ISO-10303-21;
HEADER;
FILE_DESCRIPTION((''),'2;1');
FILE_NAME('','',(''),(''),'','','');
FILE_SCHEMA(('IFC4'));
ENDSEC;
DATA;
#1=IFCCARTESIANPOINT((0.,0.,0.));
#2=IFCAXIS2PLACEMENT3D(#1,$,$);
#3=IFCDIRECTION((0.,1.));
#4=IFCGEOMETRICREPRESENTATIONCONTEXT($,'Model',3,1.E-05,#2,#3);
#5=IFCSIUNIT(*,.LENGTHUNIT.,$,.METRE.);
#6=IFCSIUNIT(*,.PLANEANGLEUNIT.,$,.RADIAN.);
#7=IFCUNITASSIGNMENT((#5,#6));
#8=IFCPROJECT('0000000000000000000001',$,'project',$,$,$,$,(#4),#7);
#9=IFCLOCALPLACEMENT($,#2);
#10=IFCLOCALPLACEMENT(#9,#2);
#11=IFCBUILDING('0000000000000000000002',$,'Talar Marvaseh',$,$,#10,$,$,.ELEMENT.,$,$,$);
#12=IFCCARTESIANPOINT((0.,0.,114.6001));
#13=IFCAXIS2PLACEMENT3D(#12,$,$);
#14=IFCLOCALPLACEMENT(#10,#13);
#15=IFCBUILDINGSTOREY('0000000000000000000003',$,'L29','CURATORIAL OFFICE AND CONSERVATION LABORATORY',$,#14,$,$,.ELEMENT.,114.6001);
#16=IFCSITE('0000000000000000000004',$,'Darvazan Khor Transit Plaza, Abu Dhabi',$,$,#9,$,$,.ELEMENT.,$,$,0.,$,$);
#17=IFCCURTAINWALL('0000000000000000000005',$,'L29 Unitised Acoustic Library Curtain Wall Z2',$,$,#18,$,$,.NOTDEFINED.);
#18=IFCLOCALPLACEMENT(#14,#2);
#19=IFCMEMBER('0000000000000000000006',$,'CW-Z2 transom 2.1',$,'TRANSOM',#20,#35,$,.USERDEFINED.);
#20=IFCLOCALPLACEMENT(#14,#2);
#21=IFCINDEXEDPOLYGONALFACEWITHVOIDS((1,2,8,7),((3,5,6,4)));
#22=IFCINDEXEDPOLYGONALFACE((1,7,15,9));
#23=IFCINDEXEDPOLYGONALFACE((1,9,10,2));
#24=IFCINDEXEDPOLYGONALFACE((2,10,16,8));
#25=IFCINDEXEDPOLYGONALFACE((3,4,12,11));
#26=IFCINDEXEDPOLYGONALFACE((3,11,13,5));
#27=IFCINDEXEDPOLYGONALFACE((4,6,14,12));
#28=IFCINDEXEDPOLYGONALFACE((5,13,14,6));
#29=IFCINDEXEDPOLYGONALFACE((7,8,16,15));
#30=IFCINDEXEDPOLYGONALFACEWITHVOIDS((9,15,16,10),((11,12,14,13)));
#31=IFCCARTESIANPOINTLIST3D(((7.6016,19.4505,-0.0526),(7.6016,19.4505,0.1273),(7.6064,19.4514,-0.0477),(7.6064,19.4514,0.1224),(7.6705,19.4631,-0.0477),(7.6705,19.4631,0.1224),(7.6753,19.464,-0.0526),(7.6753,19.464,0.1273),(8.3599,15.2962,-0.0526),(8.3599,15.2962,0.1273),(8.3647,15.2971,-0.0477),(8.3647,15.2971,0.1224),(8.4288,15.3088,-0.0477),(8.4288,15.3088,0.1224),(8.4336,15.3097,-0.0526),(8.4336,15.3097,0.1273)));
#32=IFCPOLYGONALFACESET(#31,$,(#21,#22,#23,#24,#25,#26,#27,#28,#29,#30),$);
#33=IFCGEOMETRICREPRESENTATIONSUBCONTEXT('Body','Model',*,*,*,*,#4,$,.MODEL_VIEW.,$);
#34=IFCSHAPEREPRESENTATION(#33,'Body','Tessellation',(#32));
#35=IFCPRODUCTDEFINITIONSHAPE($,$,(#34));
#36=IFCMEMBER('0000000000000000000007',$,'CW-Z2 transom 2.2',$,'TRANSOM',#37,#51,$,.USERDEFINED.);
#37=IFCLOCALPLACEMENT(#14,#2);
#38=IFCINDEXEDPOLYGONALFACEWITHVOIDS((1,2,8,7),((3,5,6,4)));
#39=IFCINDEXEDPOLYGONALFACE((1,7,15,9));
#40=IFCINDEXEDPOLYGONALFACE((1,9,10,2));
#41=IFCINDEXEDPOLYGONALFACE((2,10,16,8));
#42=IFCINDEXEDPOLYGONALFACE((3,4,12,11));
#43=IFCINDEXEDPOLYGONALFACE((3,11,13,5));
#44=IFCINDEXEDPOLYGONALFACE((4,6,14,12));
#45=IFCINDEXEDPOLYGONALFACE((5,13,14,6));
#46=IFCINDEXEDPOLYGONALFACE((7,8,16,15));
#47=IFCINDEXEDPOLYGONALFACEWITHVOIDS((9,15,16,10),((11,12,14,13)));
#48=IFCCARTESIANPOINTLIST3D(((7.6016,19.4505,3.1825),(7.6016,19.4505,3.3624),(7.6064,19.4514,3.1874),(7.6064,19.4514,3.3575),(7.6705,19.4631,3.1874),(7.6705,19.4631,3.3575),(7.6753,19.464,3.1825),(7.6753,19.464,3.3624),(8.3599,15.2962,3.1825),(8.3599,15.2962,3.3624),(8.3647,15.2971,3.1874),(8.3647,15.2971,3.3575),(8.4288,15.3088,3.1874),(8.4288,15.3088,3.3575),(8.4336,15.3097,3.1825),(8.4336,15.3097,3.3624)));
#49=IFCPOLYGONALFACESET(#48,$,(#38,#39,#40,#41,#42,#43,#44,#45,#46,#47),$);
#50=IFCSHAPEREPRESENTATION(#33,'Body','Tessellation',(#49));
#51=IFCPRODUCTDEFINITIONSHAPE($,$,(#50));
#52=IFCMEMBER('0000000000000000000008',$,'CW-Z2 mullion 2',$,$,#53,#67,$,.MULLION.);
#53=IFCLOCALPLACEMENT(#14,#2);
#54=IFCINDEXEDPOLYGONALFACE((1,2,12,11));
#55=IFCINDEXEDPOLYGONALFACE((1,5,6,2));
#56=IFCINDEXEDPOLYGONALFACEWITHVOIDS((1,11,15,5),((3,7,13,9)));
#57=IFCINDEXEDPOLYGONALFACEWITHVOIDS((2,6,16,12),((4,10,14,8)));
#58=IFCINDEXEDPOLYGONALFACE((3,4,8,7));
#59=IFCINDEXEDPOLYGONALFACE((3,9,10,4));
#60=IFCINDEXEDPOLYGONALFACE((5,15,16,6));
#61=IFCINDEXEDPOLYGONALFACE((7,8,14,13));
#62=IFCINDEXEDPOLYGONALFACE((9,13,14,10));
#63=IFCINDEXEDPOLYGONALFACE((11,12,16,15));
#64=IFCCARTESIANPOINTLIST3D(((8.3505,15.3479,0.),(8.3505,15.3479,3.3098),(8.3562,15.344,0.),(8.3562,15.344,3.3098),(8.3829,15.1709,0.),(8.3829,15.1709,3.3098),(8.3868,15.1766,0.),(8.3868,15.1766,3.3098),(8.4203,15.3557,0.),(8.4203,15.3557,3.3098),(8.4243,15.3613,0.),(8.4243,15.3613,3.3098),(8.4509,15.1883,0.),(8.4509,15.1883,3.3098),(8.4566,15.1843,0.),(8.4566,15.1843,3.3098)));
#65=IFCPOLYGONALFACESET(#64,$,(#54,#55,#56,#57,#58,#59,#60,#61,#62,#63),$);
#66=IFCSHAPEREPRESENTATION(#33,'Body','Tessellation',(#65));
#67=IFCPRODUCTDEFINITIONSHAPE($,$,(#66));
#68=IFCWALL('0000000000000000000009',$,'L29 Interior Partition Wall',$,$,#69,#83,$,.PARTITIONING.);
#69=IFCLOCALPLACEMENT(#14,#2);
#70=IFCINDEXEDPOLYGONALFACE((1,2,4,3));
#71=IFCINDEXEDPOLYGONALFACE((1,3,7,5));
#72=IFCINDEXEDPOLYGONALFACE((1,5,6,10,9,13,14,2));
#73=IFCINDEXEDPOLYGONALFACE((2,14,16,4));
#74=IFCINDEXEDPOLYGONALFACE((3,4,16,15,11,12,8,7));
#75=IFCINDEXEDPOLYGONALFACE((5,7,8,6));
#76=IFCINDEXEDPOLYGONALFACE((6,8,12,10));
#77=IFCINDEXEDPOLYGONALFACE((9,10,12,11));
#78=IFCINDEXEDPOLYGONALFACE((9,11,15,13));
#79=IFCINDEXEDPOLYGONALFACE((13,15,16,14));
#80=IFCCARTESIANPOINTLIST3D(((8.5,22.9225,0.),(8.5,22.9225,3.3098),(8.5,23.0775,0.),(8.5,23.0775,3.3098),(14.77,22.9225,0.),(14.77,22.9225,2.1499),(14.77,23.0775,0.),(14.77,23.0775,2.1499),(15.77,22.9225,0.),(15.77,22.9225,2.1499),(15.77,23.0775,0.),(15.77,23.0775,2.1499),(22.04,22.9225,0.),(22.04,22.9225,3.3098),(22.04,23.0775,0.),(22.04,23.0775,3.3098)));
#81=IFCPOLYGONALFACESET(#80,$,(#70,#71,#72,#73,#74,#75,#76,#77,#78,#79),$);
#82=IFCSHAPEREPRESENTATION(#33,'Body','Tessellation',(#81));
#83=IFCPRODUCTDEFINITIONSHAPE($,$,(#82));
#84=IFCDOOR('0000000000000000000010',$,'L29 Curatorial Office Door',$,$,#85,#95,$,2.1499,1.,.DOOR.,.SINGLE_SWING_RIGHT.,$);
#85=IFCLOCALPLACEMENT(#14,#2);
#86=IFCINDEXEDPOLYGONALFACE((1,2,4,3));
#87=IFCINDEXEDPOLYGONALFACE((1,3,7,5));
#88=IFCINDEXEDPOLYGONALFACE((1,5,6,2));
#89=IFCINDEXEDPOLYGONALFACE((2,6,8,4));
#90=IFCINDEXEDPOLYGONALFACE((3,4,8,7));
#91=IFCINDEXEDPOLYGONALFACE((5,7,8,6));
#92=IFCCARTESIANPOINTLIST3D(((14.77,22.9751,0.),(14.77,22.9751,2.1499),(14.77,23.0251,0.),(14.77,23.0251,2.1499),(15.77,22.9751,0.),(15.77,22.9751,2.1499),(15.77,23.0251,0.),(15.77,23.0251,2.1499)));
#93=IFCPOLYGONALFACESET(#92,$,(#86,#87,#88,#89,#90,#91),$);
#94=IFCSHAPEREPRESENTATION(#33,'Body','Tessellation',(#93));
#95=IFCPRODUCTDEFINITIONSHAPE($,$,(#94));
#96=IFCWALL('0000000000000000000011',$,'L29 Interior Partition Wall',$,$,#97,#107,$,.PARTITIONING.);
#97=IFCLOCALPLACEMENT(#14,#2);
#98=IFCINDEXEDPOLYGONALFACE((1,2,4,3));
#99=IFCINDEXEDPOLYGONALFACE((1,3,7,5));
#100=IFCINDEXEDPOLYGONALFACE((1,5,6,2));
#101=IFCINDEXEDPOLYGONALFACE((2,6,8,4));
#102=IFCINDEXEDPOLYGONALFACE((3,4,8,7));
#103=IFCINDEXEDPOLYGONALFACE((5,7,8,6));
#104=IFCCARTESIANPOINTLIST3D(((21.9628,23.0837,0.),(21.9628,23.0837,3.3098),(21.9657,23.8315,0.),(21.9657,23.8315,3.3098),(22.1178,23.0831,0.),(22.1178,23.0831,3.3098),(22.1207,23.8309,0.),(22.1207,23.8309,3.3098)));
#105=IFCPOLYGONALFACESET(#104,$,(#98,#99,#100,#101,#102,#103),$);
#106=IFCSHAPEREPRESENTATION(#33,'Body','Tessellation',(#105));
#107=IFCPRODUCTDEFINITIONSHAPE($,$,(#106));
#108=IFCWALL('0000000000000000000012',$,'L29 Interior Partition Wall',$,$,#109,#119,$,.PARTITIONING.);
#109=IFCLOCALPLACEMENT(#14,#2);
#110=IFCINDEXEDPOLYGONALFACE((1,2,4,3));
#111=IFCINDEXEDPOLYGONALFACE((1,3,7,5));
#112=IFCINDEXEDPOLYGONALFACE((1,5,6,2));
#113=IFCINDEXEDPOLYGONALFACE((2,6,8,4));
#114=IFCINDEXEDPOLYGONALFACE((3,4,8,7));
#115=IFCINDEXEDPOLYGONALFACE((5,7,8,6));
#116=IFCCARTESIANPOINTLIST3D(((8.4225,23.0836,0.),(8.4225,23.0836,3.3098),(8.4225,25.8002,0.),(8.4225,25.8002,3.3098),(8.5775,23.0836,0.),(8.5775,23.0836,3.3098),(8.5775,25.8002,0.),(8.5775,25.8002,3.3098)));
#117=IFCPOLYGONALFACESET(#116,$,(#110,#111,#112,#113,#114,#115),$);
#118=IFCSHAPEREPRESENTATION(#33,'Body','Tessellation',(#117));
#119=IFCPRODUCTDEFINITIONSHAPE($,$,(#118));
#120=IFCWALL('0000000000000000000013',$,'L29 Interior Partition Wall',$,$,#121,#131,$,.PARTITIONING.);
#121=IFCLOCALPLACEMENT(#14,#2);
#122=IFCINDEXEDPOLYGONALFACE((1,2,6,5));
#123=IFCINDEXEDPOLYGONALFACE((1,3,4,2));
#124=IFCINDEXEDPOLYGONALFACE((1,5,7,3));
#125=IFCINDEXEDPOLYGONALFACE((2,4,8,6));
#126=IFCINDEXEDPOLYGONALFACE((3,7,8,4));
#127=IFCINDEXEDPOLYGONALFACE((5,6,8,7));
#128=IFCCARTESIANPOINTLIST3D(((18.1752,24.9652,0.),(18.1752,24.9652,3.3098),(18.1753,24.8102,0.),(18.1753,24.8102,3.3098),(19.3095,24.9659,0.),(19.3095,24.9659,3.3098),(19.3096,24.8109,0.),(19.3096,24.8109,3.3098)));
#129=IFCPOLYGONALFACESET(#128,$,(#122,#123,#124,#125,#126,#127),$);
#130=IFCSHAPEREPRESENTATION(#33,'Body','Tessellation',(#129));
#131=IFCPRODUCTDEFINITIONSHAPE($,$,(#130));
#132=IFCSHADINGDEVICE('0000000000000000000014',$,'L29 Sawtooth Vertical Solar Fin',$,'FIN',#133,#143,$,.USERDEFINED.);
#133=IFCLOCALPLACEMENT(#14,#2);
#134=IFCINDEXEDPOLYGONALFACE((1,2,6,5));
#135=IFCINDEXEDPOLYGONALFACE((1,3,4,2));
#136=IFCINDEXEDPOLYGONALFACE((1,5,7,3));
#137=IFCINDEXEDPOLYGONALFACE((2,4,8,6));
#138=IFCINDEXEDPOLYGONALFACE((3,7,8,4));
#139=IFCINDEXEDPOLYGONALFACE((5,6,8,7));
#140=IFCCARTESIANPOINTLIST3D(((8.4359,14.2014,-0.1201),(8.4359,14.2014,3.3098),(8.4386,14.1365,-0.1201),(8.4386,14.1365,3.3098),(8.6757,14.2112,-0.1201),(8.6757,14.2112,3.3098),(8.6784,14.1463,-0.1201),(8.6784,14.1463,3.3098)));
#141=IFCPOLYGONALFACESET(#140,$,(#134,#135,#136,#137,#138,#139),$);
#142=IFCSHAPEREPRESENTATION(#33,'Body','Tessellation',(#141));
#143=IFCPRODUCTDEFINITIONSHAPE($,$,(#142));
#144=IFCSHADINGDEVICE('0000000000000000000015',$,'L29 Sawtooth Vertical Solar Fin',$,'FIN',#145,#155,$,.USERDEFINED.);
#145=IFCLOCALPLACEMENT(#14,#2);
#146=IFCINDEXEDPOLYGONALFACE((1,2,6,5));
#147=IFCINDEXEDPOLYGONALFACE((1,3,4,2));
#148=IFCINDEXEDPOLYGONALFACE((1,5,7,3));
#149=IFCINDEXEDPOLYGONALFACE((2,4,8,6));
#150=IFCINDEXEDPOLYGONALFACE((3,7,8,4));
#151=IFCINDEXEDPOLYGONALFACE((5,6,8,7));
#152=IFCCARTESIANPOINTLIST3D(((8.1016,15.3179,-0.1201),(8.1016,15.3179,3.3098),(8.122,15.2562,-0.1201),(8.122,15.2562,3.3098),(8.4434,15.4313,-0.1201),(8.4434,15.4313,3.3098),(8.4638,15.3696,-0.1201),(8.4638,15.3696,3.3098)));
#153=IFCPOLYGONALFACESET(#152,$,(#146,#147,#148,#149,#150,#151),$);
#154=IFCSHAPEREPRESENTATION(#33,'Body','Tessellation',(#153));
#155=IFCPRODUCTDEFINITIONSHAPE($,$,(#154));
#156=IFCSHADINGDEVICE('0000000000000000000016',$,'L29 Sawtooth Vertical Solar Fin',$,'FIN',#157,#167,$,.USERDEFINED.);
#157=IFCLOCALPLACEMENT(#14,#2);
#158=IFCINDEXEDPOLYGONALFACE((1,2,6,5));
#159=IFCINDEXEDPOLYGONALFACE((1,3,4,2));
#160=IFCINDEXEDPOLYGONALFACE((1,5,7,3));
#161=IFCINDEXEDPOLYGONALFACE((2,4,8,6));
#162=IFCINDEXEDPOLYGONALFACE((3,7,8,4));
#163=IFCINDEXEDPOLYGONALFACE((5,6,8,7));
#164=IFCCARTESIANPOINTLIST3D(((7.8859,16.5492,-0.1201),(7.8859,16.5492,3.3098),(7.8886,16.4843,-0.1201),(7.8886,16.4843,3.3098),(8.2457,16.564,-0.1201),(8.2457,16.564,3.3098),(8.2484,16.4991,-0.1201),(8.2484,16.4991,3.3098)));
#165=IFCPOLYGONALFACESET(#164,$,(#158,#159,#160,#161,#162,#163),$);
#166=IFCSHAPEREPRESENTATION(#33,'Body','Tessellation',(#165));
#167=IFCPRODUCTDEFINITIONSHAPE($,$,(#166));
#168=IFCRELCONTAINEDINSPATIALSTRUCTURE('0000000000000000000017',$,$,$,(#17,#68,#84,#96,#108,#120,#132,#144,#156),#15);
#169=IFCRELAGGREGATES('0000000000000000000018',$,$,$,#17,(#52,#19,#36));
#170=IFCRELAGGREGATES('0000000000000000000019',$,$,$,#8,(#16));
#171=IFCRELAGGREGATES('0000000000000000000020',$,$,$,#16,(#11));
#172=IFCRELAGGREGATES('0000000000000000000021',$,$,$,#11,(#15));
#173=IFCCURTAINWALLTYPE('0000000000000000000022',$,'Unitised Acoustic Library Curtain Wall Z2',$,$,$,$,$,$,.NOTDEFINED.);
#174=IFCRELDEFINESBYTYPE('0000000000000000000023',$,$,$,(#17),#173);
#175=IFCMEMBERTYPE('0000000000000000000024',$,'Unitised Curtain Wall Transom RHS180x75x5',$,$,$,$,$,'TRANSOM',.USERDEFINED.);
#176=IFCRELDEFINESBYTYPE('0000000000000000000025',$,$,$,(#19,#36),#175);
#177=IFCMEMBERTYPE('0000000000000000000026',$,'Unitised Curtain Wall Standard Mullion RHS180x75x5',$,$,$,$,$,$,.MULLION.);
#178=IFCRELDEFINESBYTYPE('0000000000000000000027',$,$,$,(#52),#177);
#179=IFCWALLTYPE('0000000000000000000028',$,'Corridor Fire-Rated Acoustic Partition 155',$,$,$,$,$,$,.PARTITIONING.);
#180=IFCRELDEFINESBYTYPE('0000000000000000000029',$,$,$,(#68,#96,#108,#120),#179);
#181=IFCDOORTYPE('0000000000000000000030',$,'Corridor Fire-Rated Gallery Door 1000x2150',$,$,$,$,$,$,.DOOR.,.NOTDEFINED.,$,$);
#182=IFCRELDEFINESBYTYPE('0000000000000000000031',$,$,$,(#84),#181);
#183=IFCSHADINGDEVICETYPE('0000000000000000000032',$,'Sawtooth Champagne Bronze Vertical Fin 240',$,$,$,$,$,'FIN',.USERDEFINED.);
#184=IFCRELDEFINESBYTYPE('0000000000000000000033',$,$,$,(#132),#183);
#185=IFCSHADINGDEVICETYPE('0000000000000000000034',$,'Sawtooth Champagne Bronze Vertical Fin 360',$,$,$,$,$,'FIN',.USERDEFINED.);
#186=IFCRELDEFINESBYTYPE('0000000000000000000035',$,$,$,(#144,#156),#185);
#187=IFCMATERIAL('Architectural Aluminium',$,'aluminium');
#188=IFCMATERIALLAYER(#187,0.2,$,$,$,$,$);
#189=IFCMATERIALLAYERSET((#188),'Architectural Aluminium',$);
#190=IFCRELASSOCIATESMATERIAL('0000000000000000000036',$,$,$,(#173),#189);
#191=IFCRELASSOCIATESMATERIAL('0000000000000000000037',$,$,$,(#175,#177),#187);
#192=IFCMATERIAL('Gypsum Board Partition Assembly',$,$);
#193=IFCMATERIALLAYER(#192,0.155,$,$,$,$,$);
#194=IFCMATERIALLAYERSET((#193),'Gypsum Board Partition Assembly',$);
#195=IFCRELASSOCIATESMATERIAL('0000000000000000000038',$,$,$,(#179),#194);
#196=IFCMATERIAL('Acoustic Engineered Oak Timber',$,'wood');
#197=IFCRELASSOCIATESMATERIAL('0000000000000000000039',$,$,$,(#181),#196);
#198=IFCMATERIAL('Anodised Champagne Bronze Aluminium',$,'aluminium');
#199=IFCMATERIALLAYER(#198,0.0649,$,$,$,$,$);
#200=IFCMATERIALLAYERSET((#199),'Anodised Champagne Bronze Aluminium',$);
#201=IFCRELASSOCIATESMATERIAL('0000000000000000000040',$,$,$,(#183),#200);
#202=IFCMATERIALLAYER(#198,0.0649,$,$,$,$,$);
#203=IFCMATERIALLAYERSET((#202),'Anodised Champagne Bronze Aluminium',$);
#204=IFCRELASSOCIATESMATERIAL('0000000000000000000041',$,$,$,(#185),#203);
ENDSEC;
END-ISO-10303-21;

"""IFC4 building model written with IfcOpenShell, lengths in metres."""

from ifc_helpers import new_model, si_unit, direction, frame, frame_2d, origin, origin_2d, place, context, subcontext, project, spatial, rectangle, hollow_rectangle, extrude, source, transform, mapped, material, layer, layer_set, material_profile, profile_set, type_object, type_shapes, element, fill, aggregate, save


model = new_model("IFC4")

# Units and contexts
model_context = context("Model", 3, precision=1e-05, world=origin(), true_north=direction((0.0, 1.0)))
body_context = subcontext(model_context, "Body", "Model", "MODEL_VIEW")
ifc_project = project(units=[si_unit("LENGTHUNIT", "METRE"), si_unit("PLANEANGLEUNIT", "RADIAN")], contexts=[model_context])

# Site, building, storey
site_placement = place(None, origin())
site = spatial("IfcSite", under=ifc_project, at=site_placement, Name="Darvazan Khor Transit Plaza, Abu Dhabi", CompositionType="ELEMENT", RefElevation=0.0)
building_placement = place(site_placement, origin())
building = spatial("IfcBuilding", under=site, at=building_placement, Name="Talar Marvaseh", CompositionType="ELEMENT")
storey_placement = place(building_placement, frame((0.0, 0.0, 114.6001)))
storey = spatial("IfcBuildingStorey", under=building, at=storey_placement, Name="L29", Description="CURATORIAL OFFICE AND CONSERVATION LABORATORY", CompositionType="ELEMENT", Elevation=114.6001)

# Curtain wall, members
ifc_material_1 = material(Name="Architectural Aluminium", Category="aluminium")
ifc_layer_1 = layer(ifc_material_1, 0.2)
ifc_layer_set_1 = layer_set([ifc_layer_1], Name="Architectural Aluminium")
curtain_wall_type = type_object("IfcCurtainWallType", Name="Unitised Acoustic Library Curtain Wall Z2", PredefinedType="NOTDEFINED", material=ifc_layer_set_1)
curtain_wall_placement = place(storey_placement, origin())
curtain_wall = element("IfcCurtainWall", 1, at=curtain_wall_placement, inside=storey, type_object=curtain_wall_type, Name="L29 Unitised Acoustic Library Curtain Wall Z2", PredefinedType="NOTDEFINED")
ifc_material_profile_1 = material_profile(ifc_material_1, hollow_rectangle(XDim=0.075, YDim=0.1799, WallThickness=0.0049, at=origin_2d()), Name="RHS180x75x5")
ifc_profile_set_1 = profile_set([ifc_material_profile_1], Name="Architectural Aluminium")
member_type_1 = type_object("IfcMemberType", Name="Unitised Curtain Wall Transom RHS180x75x5", ElementType="TRANSOM", PredefinedType="USERDEFINED", material=ifc_profile_set_1)
shared_shape_1 = source(origin(), body_context, "Body", "SweptSolid", [
    extrude(hollow_rectangle(XDim=0.075, YDim=0.1799, WallThickness=0.0049, at=origin_2d()), origin(), (0.0, 0.0, 1.0), 4.2229),
])
type_shapes(member_type_1, [shared_shape_1])
member_1_placement = place(storey_placement, frame((8.3967, 15.303, 0.0374), z_axis=(-0.179567, 0.983746, 0.0), x_axis=(-0.983746, -0.179567, 0.0)))
member_1 = element("IfcMember", 2, at=member_1_placement, type_object=member_type_1, Name="CW-Z2 transom 2.1", ObjectType="TRANSOM", PredefinedType="USERDEFINED", context=body_context, shape_type="MappedRepresentation", body=[
    mapped(shared_shape_1, transform((0.0, 0.0, 0.0), x_axis=(1.0, 0.0, 0.0), y_axis=(0.0, 1.0, 0.0), z_axis=(0.0, 0.0, 1.0), scale=1.0)),
])
member_2_placement = place(storey_placement, frame((8.3967, 15.303, 3.2725), z_axis=(-0.179567, 0.983746, 0.0), x_axis=(-0.983746, -0.179567, 0.0)))
member_2 = element("IfcMember", 3, at=member_2_placement, type_object=member_type_1, Name="CW-Z2 transom 2.2", ObjectType="TRANSOM", PredefinedType="USERDEFINED", context=body_context, shape_type="MappedRepresentation", body=[
    mapped(shared_shape_1, transform((0.0, 0.0, 0.0), x_axis=(1.0, 0.0, 0.0), y_axis=(0.0, 1.0, 0.0), z_axis=(0.0, 0.0, 1.0), scale=1.0)),
])
ifc_material_profile_2 = material_profile(ifc_material_1, hollow_rectangle(XDim=0.075, YDim=0.1799, WallThickness=0.0049, at=origin_2d()), Name="RHS180x75x5")
ifc_profile_set_2 = profile_set([ifc_material_profile_2], Name="Architectural Aluminium")
member_type_2 = type_object("IfcMemberType", Name="Unitised Curtain Wall Standard Mullion RHS180x75x5", PredefinedType="MULLION", material=ifc_profile_set_2)
shared_shape_2 = source(origin(), body_context, "Body", "SweptSolid", [
    extrude(hollow_rectangle(XDim=0.075, YDim=0.1799, WallThickness=0.0049, at=origin_2d()), origin(), (0.0, 0.0, 1.0), 3.3098),
])
type_shapes(member_type_2, [shared_shape_2])
member_3_placement = place(storey_placement, frame((8.4036, 15.2661, 0.0), z_axis=(0.0, 0.0, 1.0), x_axis=(-0.983741, -0.179594, 0.0)))
member_3 = element("IfcMember", 4, at=member_3_placement, type_object=member_type_2, Name="CW-Z2 mullion 2", PredefinedType="MULLION", context=body_context, shape_type="MappedRepresentation", body=[
    mapped(shared_shape_2, transform((0.0, 0.0, 0.0), x_axis=(1.0, 0.0, 0.0), y_axis=(0.0, 1.0, 0.0), z_axis=(0.0, 0.0, 1.0), scale=1.0)),
])
aggregate(curtain_wall, [member_3, member_1, member_2])

# Wall, opening, door
ifc_material_2 = material(Name="Gypsum Board Partition Assembly")
ifc_layer_2 = layer(ifc_material_2, 0.155)
ifc_layer_set_2 = layer_set([ifc_layer_2], Name="Gypsum Board Partition Assembly")
wall_type = type_object("IfcWallType", Name="Corridor Fire-Rated Acoustic Partition 155", PredefinedType="PARTITIONING", material=ifc_layer_set_2)
wall_1_placement = place(storey_placement, frame((22.04, 23.0, 0.0), z_axis=(0.0, 0.0, 1.0), x_axis=(-1.0, 0.0, 0.0)))
wall_1 = element("IfcWall", 5, at=wall_1_placement, inside=storey, type_object=wall_type, Name="L29 Interior Partition Wall", PredefinedType="PARTITIONING", context=body_context, shape_type="SweptSolid", body=[
    extrude(rectangle(XDim=13.54, YDim=0.155, at=frame_2d((6.77, 0.0))), origin(), (0.0, 0.0, 1.0), 3.3098),
])
opening_placement = place(wall_1_placement, frame((6.27, 0.0, 0.0)))
opening = element("IfcOpeningElement", 6, at=opening_placement, cuts=wall_1, PredefinedType="OPENING", context=body_context, shape_type="SweptSolid", body=[
    extrude(rectangle(XDim=1.0, YDim=2.1499, at=frame_2d((0.5, 1.075))), frame((0.0, 0.0874, 0.0), z_axis=(0.0, -1.0, 0.0), x_axis=(1.0, 0.0, 0.0)), (0.0, 0.0, 1.0), 0.175),
])
ifc_material_3 = material(Name="Acoustic Engineered Oak Timber", Category="wood")
door_type = type_object("IfcDoorType", Name="Corridor Fire-Rated Gallery Door 1000x2150", OperationType="NOTDEFINED", PredefinedType="DOOR", material=ifc_material_3)
shared_shape_3 = source(origin(), body_context, "Body", "SweptSolid", [
    extrude(rectangle(XDim=1.0, YDim=2.1499, at=frame_2d((0.5, 1.075))), frame((0.0, 0.0249, 0.0), z_axis=(0.0, -1.0, 0.0), x_axis=(1.0, 0.0, 0.0)), (0.0, 0.0, 1.0), 0.05),
])
type_shapes(door_type, [shared_shape_3])
door_placement = place(opening_placement, origin())
door = element("IfcDoor", 7, at=door_placement, inside=storey, type_object=door_type, Name="L29 Curatorial Office Door", OperationType="SINGLE_SWING_RIGHT", OverallHeight=2.1499, OverallWidth=1.0, PredefinedType="DOOR", context=body_context, shape_type="MappedRepresentation", body=[
    mapped(shared_shape_3, transform((0.0, 0.0, 0.0), x_axis=(1.0, 0.0, 0.0), y_axis=(0.0, 1.0, 0.0), z_axis=(0.0, 0.0, 1.0), scale=1.0)),
])
fill(opening, door)

# Walls
wall_2_placement = place(storey_placement, frame((22.0432, 23.8313, 0.0), z_axis=(0.0, 0.0, 1.0), x_axis=(-0.003918, -0.999992, 0.0)))
element("IfcWall", 8, at=wall_2_placement, inside=storey, type_object=wall_type, Name="L29 Interior Partition Wall", PredefinedType="PARTITIONING", context=body_context, shape_type="SweptSolid", body=[
    extrude(rectangle(XDim=0.7478, YDim=0.155, at=frame_2d((0.374, 0.0))), origin(), (0.0, 0.0, 1.0), 3.3098),
])
wall_3_placement = place(storey_placement, frame((8.5, 23.0835, 0.0), z_axis=(0.0, 0.0, 1.0), x_axis=(0.0, 1.0, 0.0)))
element("IfcWall", 9, at=wall_3_placement, inside=storey, type_object=wall_type, Name="L29 Interior Partition Wall", PredefinedType="PARTITIONING", context=body_context, shape_type="SweptSolid", body=[
    extrude(rectangle(XDim=2.7166, YDim=0.155, at=frame_2d((1.3584, 0.0))), origin(), (0.0, 0.0, 1.0), 3.3098),
])
wall_4_placement = place(storey_placement, frame((18.1753, 24.8877, 0.0), z_axis=(0.0, 0.0, 1.0), x_axis=(1.0, 0.000646, 0.0)))
element("IfcWall", 10, at=wall_4_placement, inside=storey, type_object=wall_type, Name="L29 Interior Partition Wall", PredefinedType="PARTITIONING", context=body_context, shape_type="SweptSolid", body=[
    extrude(rectangle(XDim=1.1343, YDim=0.155, at=frame_2d((0.5671, 0.0))), origin(), (0.0, 0.0, 1.0), 3.3098),
])

# Shading devices
ifc_material_4 = material(Name="Anodised Champagne Bronze Aluminium", Category="aluminium")
ifc_layer_3 = layer(ifc_material_4, 0.0649)
ifc_layer_set_3 = layer_set([ifc_layer_3], Name="Anodised Champagne Bronze Aluminium")
shading_device_type_1 = type_object("IfcShadingDeviceType", Name="Sawtooth Champagne Bronze Vertical Fin 240", ElementType="FIN", PredefinedType="USERDEFINED", material=ifc_layer_set_3)
shared_shape_4 = source(origin(), body_context, "Body", "SweptSolid", [
    extrude(rectangle(XDim=0.24, YDim=0.0649, at=origin_2d()), origin(), (0.0, 0.0, 1.0), 3.4299),
])
type_shapes(shading_device_type_1, [shared_shape_4])
shading_device_placement = place(storey_placement, frame((8.5571, 14.1738, -0.1201), z_axis=(0.0, 0.0, 1.0), x_axis=(-0.999159, -0.041004, 0.0)))
element("IfcShadingDevice", 11, at=shading_device_placement, inside=storey, type_object=shading_device_type_1, Name="L29 Sawtooth Vertical Solar Fin", ObjectType="FIN", PredefinedType="USERDEFINED", context=body_context, shape_type="MappedRepresentation", body=[
    mapped(shared_shape_4, transform((0.0, 0.0, 0.0), x_axis=(1.0, 0.0, 0.0), y_axis=(0.0, 1.0, 0.0), z_axis=(0.0, 0.0, 1.0), scale=1.0)),
])
ifc_layer_4 = layer(ifc_material_4, 0.0649)
ifc_layer_set_4 = layer_set([ifc_layer_4], Name="Anodised Champagne Bronze Aluminium")
shading_device_type_2 = type_object("IfcShadingDeviceType", Name="Sawtooth Champagne Bronze Vertical Fin 360", ElementType="FIN", PredefinedType="USERDEFINED", material=ifc_layer_set_4)
shared_shape_5 = source(origin(), body_context, "Body", "SweptSolid", [
    extrude(rectangle(XDim=0.3601, YDim=0.0649, at=origin_2d()), origin(), (0.0, 0.0, 1.0), 3.4299),
])
type_shapes(shading_device_type_2, [shared_shape_5])
for number, where, z_axis, x_axis, name in (
    (12, (8.2827, 15.3438, -0.1201), (0.0, 0.0, 1.0), (-0.949151, -0.314821, 0.0), "L29 Sawtooth Vertical Solar Fin"),
    (13, (8.0671, 16.5242, -0.1201), (0.0, 0.0, 1.0), (-0.999159, -0.041004, 0.0), "L29 Sawtooth Vertical Solar Fin"),
):
    element("IfcShadingDevice", number, at=place(storey_placement, frame(where, z_axis=z_axis, x_axis=x_axis)), inside=storey, type_object=shading_device_type_2, Name=name, ObjectType="FIN", PredefinedType="USERDEFINED", context=body_context, shape_type="MappedRepresentation", body=[
        mapped(shared_shape_5, transform((0.0, 0.0, 0.0), x_axis=(1.0, 0.0, 0.0), y_axis=(0.0, 1.0, 0.0), z_axis=(0.0, 0.0, 1.0), scale=1.0)),
    ])

save(model, "model.ifc")
